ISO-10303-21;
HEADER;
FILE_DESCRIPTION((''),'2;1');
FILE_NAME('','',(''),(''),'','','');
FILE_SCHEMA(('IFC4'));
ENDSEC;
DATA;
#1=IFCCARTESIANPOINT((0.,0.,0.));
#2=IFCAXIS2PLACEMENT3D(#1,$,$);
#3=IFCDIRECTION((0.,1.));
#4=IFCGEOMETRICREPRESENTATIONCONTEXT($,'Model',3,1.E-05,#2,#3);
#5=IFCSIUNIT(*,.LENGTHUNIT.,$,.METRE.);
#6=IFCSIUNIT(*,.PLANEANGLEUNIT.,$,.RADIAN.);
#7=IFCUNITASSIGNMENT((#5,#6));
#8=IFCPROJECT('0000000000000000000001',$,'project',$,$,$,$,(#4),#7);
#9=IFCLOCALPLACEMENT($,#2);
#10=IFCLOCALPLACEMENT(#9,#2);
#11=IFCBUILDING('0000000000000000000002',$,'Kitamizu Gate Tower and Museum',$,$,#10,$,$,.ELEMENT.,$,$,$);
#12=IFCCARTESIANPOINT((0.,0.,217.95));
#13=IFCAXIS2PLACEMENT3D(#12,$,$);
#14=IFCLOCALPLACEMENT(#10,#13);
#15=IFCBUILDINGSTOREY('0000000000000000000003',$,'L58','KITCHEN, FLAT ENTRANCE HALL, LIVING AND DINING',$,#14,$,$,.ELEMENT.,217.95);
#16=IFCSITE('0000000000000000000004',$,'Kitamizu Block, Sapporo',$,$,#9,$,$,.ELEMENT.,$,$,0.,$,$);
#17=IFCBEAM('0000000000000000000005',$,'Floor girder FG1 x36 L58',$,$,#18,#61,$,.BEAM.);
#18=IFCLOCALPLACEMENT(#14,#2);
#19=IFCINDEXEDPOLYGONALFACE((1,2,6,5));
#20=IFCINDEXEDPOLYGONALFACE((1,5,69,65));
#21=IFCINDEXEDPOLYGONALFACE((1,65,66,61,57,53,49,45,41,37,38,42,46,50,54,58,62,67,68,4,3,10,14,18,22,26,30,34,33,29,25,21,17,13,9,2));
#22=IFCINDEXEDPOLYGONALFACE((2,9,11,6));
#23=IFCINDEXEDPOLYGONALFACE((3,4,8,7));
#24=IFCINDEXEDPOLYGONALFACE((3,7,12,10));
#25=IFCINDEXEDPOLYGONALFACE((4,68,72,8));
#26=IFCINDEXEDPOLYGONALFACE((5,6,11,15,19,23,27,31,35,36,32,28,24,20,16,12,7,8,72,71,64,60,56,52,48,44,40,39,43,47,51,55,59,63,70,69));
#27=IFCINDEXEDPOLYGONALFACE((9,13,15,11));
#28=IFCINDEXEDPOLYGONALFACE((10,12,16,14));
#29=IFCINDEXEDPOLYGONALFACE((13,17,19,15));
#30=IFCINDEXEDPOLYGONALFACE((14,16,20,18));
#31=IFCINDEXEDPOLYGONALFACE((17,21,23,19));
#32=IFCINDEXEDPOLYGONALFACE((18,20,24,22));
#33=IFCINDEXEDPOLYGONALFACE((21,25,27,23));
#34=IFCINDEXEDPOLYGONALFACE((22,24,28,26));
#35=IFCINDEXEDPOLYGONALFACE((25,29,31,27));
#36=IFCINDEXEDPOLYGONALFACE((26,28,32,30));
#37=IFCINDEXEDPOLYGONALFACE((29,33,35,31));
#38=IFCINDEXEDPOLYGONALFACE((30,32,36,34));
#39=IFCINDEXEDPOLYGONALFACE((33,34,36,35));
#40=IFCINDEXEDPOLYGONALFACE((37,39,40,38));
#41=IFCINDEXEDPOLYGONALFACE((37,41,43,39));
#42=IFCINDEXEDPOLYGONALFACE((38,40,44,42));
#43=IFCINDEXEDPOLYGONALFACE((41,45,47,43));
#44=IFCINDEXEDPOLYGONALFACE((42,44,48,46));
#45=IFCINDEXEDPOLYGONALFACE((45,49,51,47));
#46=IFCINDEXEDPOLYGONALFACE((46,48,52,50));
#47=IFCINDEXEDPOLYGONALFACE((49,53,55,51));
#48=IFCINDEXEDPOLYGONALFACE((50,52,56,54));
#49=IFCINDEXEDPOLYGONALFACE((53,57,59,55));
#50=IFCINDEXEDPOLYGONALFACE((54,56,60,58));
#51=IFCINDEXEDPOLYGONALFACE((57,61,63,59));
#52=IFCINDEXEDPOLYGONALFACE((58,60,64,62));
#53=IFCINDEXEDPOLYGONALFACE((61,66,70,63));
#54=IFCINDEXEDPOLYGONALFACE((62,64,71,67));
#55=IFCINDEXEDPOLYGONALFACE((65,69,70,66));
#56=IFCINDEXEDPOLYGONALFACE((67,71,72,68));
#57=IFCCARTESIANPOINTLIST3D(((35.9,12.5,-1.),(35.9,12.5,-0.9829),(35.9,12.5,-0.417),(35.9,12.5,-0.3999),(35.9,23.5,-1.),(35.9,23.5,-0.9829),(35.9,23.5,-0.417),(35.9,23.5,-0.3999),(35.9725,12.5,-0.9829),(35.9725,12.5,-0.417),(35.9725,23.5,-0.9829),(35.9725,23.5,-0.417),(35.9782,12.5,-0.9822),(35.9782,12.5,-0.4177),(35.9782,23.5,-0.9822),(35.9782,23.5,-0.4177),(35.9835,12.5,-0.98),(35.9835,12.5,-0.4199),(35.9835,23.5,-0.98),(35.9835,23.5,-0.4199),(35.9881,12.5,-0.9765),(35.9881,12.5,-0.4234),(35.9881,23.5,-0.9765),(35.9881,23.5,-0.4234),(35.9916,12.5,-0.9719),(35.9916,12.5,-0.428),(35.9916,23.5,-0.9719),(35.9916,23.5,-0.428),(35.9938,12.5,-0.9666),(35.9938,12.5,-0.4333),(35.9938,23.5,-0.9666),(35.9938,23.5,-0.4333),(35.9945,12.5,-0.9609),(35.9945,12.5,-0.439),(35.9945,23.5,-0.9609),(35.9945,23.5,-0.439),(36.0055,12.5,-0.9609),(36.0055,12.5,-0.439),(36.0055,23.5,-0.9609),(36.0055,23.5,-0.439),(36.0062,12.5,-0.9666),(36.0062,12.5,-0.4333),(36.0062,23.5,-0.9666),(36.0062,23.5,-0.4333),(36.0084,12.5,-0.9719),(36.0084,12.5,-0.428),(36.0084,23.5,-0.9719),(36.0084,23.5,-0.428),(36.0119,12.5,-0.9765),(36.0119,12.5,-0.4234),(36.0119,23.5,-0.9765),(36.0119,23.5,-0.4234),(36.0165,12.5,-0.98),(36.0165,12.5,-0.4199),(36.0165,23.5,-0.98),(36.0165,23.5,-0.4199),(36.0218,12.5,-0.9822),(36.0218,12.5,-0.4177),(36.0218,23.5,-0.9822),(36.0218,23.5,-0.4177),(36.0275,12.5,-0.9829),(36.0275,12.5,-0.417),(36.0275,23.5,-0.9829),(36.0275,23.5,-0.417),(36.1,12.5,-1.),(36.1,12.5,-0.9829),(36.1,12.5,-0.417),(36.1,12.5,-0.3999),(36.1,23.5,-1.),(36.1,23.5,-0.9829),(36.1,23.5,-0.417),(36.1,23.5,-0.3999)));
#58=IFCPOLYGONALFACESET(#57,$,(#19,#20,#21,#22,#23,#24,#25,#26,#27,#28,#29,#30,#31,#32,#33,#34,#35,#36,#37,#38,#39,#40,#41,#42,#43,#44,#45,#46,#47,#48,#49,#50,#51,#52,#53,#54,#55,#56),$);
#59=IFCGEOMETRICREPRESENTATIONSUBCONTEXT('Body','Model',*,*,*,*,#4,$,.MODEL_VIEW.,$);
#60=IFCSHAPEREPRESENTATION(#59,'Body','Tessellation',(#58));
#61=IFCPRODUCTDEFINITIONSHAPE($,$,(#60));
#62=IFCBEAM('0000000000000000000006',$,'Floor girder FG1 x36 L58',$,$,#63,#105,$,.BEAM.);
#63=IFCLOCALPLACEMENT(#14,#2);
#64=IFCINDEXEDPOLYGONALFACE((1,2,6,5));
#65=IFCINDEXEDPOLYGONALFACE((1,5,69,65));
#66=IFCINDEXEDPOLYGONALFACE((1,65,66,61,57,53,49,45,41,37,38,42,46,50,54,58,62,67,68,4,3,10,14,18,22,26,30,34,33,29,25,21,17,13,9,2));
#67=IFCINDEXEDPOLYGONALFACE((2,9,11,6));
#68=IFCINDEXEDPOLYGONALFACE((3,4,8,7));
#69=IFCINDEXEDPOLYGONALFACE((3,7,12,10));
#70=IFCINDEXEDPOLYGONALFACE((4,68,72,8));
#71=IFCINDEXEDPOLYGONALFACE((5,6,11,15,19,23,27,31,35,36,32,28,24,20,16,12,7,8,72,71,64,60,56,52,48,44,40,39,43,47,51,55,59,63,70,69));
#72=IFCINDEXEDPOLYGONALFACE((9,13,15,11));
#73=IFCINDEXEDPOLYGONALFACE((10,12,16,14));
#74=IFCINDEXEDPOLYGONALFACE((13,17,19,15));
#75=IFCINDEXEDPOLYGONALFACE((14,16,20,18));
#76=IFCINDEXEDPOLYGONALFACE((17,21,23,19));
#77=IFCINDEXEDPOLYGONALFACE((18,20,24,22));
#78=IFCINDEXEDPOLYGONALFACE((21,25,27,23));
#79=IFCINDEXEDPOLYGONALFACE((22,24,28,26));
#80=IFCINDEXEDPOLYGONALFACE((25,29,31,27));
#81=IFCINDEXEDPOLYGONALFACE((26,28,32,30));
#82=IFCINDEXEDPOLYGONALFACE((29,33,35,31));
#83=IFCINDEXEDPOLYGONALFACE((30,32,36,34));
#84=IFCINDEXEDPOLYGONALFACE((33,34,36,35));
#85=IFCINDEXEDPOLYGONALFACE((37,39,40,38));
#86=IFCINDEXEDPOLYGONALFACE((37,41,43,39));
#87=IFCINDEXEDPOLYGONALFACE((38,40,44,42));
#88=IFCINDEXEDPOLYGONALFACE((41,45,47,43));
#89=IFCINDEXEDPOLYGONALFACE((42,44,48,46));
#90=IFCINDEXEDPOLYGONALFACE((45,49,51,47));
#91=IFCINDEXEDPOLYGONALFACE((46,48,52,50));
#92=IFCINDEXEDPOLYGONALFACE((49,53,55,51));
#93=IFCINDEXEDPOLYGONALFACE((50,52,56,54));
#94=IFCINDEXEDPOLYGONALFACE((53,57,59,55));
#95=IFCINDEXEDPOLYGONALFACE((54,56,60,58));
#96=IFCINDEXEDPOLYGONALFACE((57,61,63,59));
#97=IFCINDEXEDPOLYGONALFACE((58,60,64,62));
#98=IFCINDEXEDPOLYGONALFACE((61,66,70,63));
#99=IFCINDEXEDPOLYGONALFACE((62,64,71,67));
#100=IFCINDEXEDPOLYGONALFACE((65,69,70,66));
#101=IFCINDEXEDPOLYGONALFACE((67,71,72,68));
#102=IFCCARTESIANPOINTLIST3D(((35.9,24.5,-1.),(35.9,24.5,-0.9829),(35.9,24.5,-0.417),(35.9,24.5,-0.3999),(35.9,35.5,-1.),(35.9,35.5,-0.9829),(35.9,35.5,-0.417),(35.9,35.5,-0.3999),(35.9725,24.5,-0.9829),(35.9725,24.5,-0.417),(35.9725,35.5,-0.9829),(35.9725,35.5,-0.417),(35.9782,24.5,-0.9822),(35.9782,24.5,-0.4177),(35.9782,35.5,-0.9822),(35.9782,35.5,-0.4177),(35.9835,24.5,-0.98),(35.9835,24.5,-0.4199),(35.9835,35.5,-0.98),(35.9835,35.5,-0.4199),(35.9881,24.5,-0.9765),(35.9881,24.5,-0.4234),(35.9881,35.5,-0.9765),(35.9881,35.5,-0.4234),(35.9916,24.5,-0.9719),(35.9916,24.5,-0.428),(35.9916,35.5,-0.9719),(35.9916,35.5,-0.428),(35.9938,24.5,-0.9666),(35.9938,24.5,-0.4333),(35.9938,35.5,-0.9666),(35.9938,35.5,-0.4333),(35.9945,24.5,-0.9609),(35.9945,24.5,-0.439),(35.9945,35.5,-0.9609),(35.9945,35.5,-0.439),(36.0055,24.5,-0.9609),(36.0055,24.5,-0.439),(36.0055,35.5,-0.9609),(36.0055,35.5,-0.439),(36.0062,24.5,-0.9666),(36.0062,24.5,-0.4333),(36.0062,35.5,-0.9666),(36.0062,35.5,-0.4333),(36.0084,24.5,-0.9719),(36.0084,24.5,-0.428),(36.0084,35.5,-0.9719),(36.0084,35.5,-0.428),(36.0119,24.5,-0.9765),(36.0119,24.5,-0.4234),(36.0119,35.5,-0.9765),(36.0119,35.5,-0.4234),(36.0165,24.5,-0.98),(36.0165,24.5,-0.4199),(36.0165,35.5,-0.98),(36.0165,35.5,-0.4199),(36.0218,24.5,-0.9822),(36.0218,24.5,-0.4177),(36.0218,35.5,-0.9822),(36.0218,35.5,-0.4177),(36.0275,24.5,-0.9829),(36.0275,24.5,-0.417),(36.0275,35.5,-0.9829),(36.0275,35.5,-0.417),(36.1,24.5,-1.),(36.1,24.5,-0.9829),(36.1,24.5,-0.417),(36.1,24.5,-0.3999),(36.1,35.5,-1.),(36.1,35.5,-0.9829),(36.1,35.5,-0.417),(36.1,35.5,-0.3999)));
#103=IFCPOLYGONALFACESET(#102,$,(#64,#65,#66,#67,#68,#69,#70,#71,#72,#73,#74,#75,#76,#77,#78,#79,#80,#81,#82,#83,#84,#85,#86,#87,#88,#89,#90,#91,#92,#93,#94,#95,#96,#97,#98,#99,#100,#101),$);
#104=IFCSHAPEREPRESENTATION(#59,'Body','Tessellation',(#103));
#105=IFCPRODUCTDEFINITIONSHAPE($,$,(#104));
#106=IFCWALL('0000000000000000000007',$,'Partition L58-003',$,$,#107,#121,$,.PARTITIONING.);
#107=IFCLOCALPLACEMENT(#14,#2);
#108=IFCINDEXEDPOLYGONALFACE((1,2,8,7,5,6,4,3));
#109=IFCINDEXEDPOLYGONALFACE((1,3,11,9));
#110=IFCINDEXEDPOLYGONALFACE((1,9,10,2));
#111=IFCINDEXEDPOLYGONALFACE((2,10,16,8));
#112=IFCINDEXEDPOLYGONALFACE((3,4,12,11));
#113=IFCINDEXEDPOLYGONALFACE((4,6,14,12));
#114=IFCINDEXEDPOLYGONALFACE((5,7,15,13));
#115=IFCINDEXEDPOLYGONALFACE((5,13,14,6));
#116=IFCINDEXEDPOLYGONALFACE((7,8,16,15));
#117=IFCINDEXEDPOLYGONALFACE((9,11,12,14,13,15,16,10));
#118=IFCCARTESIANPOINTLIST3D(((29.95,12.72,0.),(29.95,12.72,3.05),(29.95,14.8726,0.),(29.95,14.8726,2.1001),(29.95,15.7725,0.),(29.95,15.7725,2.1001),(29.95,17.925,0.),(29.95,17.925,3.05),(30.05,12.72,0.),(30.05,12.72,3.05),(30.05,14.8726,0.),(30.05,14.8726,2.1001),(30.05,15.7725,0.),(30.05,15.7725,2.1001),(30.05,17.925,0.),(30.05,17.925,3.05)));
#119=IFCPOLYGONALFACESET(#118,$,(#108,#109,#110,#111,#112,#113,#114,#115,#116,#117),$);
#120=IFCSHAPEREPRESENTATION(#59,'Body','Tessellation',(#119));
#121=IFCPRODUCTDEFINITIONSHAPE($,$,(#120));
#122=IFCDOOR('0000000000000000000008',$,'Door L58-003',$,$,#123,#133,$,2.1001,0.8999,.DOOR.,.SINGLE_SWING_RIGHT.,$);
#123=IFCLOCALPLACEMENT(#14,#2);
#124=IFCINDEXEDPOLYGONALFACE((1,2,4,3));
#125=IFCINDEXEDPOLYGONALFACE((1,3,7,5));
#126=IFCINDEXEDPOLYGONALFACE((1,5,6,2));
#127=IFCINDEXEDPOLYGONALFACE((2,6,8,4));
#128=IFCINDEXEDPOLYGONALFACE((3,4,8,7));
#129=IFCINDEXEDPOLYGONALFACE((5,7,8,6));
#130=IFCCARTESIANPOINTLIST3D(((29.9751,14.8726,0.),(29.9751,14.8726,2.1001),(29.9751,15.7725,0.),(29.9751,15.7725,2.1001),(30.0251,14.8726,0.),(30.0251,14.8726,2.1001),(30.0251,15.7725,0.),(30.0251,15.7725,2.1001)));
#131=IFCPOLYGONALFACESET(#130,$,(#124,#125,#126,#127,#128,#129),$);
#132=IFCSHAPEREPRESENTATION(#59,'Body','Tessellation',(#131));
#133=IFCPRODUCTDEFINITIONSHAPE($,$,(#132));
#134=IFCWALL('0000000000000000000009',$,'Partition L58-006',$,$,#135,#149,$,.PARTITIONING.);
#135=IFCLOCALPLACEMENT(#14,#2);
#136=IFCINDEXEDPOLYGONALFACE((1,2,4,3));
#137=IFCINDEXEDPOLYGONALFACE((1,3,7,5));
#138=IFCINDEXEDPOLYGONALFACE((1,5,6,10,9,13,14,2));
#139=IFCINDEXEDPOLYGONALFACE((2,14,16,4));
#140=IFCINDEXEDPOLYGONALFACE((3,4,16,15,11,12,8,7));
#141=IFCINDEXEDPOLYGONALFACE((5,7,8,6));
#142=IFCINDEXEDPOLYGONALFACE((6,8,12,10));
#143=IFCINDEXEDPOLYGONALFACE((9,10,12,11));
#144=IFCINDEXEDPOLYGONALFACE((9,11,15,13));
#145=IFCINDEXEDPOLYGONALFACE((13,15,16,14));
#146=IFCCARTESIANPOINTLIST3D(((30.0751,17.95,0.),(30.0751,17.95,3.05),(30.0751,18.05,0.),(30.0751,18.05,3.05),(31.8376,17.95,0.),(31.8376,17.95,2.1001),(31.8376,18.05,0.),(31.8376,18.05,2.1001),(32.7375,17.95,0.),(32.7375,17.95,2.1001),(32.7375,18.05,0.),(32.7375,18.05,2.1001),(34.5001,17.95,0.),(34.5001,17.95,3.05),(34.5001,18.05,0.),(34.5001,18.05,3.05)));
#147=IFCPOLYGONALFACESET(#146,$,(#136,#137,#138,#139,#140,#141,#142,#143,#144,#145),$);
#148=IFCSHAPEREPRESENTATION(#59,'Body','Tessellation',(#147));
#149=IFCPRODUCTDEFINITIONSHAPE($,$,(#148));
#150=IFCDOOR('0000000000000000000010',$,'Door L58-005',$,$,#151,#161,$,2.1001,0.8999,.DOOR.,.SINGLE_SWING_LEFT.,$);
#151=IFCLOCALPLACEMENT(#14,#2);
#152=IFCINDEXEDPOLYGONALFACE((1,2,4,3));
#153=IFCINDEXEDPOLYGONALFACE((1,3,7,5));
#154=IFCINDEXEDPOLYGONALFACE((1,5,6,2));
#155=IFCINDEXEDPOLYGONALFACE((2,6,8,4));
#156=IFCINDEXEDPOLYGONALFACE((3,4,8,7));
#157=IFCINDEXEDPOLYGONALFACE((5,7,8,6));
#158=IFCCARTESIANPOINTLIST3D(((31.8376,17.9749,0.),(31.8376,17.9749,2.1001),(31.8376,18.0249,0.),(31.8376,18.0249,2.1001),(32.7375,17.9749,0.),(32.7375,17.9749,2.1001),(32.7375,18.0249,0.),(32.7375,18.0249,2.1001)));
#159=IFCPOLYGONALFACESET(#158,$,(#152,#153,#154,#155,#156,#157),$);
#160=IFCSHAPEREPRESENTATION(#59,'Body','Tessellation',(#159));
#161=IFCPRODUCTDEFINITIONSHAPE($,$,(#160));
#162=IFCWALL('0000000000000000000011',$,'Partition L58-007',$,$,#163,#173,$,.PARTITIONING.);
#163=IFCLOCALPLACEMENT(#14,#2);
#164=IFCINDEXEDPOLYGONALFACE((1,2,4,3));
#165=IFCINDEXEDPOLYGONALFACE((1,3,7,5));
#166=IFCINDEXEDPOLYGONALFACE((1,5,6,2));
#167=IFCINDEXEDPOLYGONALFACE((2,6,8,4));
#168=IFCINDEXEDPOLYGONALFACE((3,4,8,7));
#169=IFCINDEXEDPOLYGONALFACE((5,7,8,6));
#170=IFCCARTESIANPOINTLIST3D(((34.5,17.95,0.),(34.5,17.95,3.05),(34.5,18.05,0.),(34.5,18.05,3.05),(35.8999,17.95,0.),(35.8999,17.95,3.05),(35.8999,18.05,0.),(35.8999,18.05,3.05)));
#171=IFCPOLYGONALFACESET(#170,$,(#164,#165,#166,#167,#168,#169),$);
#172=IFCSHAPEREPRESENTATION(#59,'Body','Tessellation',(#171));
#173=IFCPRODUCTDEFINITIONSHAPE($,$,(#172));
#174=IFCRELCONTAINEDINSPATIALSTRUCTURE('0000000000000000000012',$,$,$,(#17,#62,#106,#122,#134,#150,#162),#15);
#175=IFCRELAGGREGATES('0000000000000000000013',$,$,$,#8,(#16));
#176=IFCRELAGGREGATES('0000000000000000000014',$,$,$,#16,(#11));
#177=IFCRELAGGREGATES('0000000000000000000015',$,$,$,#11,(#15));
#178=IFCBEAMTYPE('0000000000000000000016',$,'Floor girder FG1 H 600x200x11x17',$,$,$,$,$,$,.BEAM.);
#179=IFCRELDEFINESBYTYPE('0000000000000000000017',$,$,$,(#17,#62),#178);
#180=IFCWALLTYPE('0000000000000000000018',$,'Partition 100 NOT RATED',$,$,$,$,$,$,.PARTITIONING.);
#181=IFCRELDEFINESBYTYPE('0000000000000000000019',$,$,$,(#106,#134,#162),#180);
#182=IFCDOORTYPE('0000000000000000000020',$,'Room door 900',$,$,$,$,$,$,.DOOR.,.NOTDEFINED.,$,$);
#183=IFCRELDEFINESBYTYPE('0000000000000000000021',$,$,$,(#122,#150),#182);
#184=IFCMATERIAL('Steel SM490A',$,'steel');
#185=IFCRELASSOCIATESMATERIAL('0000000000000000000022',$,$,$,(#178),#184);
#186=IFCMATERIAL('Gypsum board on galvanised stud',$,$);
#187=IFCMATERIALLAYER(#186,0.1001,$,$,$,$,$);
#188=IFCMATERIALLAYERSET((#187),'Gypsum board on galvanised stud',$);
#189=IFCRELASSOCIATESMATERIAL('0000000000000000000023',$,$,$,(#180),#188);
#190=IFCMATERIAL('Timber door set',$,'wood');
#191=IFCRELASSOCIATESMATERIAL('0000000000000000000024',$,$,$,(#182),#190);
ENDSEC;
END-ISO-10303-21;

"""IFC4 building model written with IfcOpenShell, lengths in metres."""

from ifc_helpers import new_model, si_unit, direction, frame, frame_2d, origin, origin_2d, place, context, subcontext, project, spatial, rectangle, i_section, extrude, material, layer, layer_set, material_profile, profile_set, type_object, element, fill, save


model = new_model("IFC4")

# Units and contexts
model_context = context("Model", 3, precision=1e-05, world=origin(), true_north=direction((0.0, 1.0)))
body_context = subcontext(model_context, "Body", "Model", "MODEL_VIEW")
ifc_project = project(units=[si_unit("LENGTHUNIT", "METRE"), si_unit("PLANEANGLEUNIT", "RADIAN")], contexts=[model_context])

# Site, building, storey
site_placement = place(None, origin())
site = spatial("IfcSite", under=ifc_project, at=site_placement, Name="Kitamizu Block, Sapporo", CompositionType="ELEMENT", RefElevation=0.0)
building_placement = place(site_placement, origin())
building = spatial("IfcBuilding", under=site, at=building_placement, Name="Kitamizu Gate Tower and Museum", CompositionType="ELEMENT")
storey_placement = place(building_placement, frame((0.0, 0.0, 217.95)))
storey = spatial("IfcBuildingStorey", under=building, at=storey_placement, Name="L58", Description="KITCHEN, FLAT ENTRANCE HALL, LIVING AND DINING", CompositionType="ELEMENT", Elevation=217.95)

# Beams
ifc_material_1 = material(Name="Steel SM490A", Category="steel")
ifc_material_profile_1 = material_profile(ifc_material_1, i_section(OverallWidth=0.2, OverallDepth=0.6001, WebThickness=0.011, FlangeThickness=0.0171, FilletRadius=0.022, at=origin_2d()), Name="H-600x200x11x17")
ifc_profile_set_1 = profile_set([ifc_material_profile_1], Name="Steel SM490A")
beam_type_1 = type_object("IfcBeamType", Name="Floor girder FG1 H 600x200x11x17", PredefinedType="BEAM", material=ifc_profile_set_1)
for number, where, z_axis, x_axis, name in (
    (1, (36.0, 12.5, -0.7), (0.0, 1.0, 0.0), (-1.0, 0.0, 0.0), "Floor girder FG1 x36 L58"),
    (2, (36.0, 24.5, -0.7), (0.0, 1.0, 0.0), (-1.0, 0.0, 0.0), "Floor girder FG1 x36 L58"),
):
    element("IfcBeam", number, at=place(storey_placement, frame(where, z_axis=z_axis, x_axis=x_axis)), inside=storey, type_object=beam_type_1, Name=name, PredefinedType="BEAM", context=body_context, shape_type="SweptSolid", body=[
        extrude(i_section(OverallWidth=0.2, OverallDepth=0.6001, WebThickness=0.011, FlangeThickness=0.0171, FilletRadius=0.022, at=origin_2d()), origin(), (0.0, 0.0, 1.0), 11.0),
    ])

# Walls, openings, doors
ifc_material_2 = material(Name="Gypsum board on galvanised stud")
ifc_layer_1 = layer(ifc_material_2, 0.1001)
ifc_layer_set_1 = layer_set([ifc_layer_1], Name="Gypsum board on galvanised stud")
wall_type_1 = type_object("IfcWallType", Name="Partition 100 NOT RATED", PredefinedType="PARTITIONING", material=ifc_layer_set_1)
wall_1_placement = place(storey_placement, frame((30.0, 12.72, 0.0), z_axis=(0.0, 0.0, 1.0), x_axis=(0.0, 1.0, 0.0)))
wall_1 = element("IfcWall", 3, at=wall_1_placement, inside=storey, type_object=wall_type_1, Name="Partition L58-003", PredefinedType="PARTITIONING", context=body_context, shape_type="SweptSolid", body=[
    extrude(rectangle(XDim=5.2051, YDim=0.1001, at=frame_2d((2.6025, 0.0))), origin(), (0.0, 0.0, 1.0), 3.05),
])
opening_1_placement = place(wall_1_placement, frame((2.1526, 0.0, 0.0)))
opening_1 = element("IfcOpeningElement", 4, at=opening_1_placement, cuts=wall_1, PredefinedType="OPENING", context=body_context, shape_type="SweptSolid", body=[
    extrude(rectangle(XDim=0.8999, YDim=2.1001, at=frame_2d((0.45, 1.05))), frame((0.0, 0.0601, 0.0), z_axis=(0.0, -1.0, 0.0), x_axis=(1.0, 0.0, 0.0)), (0.0, 0.0, 1.0), 0.1201),
])
ifc_material_3 = material(Name="Timber door set", Category="wood")
door_type_1 = type_object("IfcDoorType", Name="Room door 900", OperationType="NOTDEFINED", PredefinedType="DOOR", material=ifc_material_3)
door_1_placement = place(opening_1_placement, origin())
door_1 = element("IfcDoor", 5, at=door_1_placement, inside=storey, type_object=door_type_1, Name="Door L58-003", OperationType="SINGLE_SWING_RIGHT", OverallHeight=2.1001, OverallWidth=0.8999, PredefinedType="DOOR", context=body_context, shape_type="SweptSolid", body=[
    extrude(rectangle(XDim=0.8999, YDim=2.1001, at=frame_2d((0.45, 1.05))), frame((0.0, 0.0249, 0.0), z_axis=(0.0, -1.0, 0.0), x_axis=(1.0, 0.0, 0.0)), (0.0, 0.0, 1.0), 0.05),
])
fill(opening_1, door_1)
wall_2_placement = place(storey_placement, frame((34.5, 18.0, 0.0), z_axis=(0.0, 0.0, 1.0), x_axis=(-1.0, 0.0, 0.0)))
wall_2 = element("IfcWall", 6, at=wall_2_placement, inside=storey, type_object=wall_type_1, Name="Partition L58-006", PredefinedType="PARTITIONING", context=body_context, shape_type="SweptSolid", body=[
    extrude(rectangle(XDim=4.425, YDim=0.1001, at=frame_2d((2.2124, 0.0))), origin(), (0.0, 0.0, 1.0), 3.05),
])
opening_2_placement = place(wall_2_placement, frame((1.7625, 0.0, 0.0)))
opening_2 = element("IfcOpeningElement", 7, at=opening_2_placement, cuts=wall_2, PredefinedType="OPENING", context=body_context, shape_type="SweptSolid", body=[
    extrude(rectangle(XDim=0.8999, YDim=2.1001, at=frame_2d((0.45, 1.05))), frame((0.0, 0.0601, 0.0), z_axis=(0.0, -1.0, 0.0), x_axis=(1.0, 0.0, 0.0)), (0.0, 0.0, 1.0), 0.1201),
])
door_2_placement = place(opening_2_placement, frame((0.8999, 0.0, 0.0), x_axis=(-1.0, 0.0, 0.0)))
door_2 = element("IfcDoor", 8, at=door_2_placement, inside=storey, type_object=door_type_1, Name="Door L58-005", OperationType="SINGLE_SWING_LEFT", OverallHeight=2.1001, OverallWidth=0.8999, PredefinedType="DOOR", context=body_context, shape_type="SweptSolid", body=[
    extrude(rectangle(XDim=0.8999, YDim=2.1001, at=frame_2d((0.45, 1.05))), frame((0.0, 0.0249, 0.0), z_axis=(0.0, -1.0, 0.0), x_axis=(1.0, 0.0, 0.0)), (0.0, 0.0, 1.0), 0.05),
])
fill(opening_2, door_2)

# Wall
wall_3_placement = place(storey_placement, frame((35.8999, 18.0, 0.0), z_axis=(0.0, 0.0, 1.0), x_axis=(-1.0, 0.0, 0.0)))
element("IfcWall", 9, at=wall_3_placement, inside=storey, type_object=wall_type_1, Name="Partition L58-007", PredefinedType="PARTITIONING", context=body_context, shape_type="SweptSolid", body=[
    extrude(rectangle(XDim=1.3999, YDim=0.1001, at=frame_2d((0.7, 0.0))), origin(), (0.0, 0.0, 1.0), 3.05),
])

save(model, "model.ifc")
